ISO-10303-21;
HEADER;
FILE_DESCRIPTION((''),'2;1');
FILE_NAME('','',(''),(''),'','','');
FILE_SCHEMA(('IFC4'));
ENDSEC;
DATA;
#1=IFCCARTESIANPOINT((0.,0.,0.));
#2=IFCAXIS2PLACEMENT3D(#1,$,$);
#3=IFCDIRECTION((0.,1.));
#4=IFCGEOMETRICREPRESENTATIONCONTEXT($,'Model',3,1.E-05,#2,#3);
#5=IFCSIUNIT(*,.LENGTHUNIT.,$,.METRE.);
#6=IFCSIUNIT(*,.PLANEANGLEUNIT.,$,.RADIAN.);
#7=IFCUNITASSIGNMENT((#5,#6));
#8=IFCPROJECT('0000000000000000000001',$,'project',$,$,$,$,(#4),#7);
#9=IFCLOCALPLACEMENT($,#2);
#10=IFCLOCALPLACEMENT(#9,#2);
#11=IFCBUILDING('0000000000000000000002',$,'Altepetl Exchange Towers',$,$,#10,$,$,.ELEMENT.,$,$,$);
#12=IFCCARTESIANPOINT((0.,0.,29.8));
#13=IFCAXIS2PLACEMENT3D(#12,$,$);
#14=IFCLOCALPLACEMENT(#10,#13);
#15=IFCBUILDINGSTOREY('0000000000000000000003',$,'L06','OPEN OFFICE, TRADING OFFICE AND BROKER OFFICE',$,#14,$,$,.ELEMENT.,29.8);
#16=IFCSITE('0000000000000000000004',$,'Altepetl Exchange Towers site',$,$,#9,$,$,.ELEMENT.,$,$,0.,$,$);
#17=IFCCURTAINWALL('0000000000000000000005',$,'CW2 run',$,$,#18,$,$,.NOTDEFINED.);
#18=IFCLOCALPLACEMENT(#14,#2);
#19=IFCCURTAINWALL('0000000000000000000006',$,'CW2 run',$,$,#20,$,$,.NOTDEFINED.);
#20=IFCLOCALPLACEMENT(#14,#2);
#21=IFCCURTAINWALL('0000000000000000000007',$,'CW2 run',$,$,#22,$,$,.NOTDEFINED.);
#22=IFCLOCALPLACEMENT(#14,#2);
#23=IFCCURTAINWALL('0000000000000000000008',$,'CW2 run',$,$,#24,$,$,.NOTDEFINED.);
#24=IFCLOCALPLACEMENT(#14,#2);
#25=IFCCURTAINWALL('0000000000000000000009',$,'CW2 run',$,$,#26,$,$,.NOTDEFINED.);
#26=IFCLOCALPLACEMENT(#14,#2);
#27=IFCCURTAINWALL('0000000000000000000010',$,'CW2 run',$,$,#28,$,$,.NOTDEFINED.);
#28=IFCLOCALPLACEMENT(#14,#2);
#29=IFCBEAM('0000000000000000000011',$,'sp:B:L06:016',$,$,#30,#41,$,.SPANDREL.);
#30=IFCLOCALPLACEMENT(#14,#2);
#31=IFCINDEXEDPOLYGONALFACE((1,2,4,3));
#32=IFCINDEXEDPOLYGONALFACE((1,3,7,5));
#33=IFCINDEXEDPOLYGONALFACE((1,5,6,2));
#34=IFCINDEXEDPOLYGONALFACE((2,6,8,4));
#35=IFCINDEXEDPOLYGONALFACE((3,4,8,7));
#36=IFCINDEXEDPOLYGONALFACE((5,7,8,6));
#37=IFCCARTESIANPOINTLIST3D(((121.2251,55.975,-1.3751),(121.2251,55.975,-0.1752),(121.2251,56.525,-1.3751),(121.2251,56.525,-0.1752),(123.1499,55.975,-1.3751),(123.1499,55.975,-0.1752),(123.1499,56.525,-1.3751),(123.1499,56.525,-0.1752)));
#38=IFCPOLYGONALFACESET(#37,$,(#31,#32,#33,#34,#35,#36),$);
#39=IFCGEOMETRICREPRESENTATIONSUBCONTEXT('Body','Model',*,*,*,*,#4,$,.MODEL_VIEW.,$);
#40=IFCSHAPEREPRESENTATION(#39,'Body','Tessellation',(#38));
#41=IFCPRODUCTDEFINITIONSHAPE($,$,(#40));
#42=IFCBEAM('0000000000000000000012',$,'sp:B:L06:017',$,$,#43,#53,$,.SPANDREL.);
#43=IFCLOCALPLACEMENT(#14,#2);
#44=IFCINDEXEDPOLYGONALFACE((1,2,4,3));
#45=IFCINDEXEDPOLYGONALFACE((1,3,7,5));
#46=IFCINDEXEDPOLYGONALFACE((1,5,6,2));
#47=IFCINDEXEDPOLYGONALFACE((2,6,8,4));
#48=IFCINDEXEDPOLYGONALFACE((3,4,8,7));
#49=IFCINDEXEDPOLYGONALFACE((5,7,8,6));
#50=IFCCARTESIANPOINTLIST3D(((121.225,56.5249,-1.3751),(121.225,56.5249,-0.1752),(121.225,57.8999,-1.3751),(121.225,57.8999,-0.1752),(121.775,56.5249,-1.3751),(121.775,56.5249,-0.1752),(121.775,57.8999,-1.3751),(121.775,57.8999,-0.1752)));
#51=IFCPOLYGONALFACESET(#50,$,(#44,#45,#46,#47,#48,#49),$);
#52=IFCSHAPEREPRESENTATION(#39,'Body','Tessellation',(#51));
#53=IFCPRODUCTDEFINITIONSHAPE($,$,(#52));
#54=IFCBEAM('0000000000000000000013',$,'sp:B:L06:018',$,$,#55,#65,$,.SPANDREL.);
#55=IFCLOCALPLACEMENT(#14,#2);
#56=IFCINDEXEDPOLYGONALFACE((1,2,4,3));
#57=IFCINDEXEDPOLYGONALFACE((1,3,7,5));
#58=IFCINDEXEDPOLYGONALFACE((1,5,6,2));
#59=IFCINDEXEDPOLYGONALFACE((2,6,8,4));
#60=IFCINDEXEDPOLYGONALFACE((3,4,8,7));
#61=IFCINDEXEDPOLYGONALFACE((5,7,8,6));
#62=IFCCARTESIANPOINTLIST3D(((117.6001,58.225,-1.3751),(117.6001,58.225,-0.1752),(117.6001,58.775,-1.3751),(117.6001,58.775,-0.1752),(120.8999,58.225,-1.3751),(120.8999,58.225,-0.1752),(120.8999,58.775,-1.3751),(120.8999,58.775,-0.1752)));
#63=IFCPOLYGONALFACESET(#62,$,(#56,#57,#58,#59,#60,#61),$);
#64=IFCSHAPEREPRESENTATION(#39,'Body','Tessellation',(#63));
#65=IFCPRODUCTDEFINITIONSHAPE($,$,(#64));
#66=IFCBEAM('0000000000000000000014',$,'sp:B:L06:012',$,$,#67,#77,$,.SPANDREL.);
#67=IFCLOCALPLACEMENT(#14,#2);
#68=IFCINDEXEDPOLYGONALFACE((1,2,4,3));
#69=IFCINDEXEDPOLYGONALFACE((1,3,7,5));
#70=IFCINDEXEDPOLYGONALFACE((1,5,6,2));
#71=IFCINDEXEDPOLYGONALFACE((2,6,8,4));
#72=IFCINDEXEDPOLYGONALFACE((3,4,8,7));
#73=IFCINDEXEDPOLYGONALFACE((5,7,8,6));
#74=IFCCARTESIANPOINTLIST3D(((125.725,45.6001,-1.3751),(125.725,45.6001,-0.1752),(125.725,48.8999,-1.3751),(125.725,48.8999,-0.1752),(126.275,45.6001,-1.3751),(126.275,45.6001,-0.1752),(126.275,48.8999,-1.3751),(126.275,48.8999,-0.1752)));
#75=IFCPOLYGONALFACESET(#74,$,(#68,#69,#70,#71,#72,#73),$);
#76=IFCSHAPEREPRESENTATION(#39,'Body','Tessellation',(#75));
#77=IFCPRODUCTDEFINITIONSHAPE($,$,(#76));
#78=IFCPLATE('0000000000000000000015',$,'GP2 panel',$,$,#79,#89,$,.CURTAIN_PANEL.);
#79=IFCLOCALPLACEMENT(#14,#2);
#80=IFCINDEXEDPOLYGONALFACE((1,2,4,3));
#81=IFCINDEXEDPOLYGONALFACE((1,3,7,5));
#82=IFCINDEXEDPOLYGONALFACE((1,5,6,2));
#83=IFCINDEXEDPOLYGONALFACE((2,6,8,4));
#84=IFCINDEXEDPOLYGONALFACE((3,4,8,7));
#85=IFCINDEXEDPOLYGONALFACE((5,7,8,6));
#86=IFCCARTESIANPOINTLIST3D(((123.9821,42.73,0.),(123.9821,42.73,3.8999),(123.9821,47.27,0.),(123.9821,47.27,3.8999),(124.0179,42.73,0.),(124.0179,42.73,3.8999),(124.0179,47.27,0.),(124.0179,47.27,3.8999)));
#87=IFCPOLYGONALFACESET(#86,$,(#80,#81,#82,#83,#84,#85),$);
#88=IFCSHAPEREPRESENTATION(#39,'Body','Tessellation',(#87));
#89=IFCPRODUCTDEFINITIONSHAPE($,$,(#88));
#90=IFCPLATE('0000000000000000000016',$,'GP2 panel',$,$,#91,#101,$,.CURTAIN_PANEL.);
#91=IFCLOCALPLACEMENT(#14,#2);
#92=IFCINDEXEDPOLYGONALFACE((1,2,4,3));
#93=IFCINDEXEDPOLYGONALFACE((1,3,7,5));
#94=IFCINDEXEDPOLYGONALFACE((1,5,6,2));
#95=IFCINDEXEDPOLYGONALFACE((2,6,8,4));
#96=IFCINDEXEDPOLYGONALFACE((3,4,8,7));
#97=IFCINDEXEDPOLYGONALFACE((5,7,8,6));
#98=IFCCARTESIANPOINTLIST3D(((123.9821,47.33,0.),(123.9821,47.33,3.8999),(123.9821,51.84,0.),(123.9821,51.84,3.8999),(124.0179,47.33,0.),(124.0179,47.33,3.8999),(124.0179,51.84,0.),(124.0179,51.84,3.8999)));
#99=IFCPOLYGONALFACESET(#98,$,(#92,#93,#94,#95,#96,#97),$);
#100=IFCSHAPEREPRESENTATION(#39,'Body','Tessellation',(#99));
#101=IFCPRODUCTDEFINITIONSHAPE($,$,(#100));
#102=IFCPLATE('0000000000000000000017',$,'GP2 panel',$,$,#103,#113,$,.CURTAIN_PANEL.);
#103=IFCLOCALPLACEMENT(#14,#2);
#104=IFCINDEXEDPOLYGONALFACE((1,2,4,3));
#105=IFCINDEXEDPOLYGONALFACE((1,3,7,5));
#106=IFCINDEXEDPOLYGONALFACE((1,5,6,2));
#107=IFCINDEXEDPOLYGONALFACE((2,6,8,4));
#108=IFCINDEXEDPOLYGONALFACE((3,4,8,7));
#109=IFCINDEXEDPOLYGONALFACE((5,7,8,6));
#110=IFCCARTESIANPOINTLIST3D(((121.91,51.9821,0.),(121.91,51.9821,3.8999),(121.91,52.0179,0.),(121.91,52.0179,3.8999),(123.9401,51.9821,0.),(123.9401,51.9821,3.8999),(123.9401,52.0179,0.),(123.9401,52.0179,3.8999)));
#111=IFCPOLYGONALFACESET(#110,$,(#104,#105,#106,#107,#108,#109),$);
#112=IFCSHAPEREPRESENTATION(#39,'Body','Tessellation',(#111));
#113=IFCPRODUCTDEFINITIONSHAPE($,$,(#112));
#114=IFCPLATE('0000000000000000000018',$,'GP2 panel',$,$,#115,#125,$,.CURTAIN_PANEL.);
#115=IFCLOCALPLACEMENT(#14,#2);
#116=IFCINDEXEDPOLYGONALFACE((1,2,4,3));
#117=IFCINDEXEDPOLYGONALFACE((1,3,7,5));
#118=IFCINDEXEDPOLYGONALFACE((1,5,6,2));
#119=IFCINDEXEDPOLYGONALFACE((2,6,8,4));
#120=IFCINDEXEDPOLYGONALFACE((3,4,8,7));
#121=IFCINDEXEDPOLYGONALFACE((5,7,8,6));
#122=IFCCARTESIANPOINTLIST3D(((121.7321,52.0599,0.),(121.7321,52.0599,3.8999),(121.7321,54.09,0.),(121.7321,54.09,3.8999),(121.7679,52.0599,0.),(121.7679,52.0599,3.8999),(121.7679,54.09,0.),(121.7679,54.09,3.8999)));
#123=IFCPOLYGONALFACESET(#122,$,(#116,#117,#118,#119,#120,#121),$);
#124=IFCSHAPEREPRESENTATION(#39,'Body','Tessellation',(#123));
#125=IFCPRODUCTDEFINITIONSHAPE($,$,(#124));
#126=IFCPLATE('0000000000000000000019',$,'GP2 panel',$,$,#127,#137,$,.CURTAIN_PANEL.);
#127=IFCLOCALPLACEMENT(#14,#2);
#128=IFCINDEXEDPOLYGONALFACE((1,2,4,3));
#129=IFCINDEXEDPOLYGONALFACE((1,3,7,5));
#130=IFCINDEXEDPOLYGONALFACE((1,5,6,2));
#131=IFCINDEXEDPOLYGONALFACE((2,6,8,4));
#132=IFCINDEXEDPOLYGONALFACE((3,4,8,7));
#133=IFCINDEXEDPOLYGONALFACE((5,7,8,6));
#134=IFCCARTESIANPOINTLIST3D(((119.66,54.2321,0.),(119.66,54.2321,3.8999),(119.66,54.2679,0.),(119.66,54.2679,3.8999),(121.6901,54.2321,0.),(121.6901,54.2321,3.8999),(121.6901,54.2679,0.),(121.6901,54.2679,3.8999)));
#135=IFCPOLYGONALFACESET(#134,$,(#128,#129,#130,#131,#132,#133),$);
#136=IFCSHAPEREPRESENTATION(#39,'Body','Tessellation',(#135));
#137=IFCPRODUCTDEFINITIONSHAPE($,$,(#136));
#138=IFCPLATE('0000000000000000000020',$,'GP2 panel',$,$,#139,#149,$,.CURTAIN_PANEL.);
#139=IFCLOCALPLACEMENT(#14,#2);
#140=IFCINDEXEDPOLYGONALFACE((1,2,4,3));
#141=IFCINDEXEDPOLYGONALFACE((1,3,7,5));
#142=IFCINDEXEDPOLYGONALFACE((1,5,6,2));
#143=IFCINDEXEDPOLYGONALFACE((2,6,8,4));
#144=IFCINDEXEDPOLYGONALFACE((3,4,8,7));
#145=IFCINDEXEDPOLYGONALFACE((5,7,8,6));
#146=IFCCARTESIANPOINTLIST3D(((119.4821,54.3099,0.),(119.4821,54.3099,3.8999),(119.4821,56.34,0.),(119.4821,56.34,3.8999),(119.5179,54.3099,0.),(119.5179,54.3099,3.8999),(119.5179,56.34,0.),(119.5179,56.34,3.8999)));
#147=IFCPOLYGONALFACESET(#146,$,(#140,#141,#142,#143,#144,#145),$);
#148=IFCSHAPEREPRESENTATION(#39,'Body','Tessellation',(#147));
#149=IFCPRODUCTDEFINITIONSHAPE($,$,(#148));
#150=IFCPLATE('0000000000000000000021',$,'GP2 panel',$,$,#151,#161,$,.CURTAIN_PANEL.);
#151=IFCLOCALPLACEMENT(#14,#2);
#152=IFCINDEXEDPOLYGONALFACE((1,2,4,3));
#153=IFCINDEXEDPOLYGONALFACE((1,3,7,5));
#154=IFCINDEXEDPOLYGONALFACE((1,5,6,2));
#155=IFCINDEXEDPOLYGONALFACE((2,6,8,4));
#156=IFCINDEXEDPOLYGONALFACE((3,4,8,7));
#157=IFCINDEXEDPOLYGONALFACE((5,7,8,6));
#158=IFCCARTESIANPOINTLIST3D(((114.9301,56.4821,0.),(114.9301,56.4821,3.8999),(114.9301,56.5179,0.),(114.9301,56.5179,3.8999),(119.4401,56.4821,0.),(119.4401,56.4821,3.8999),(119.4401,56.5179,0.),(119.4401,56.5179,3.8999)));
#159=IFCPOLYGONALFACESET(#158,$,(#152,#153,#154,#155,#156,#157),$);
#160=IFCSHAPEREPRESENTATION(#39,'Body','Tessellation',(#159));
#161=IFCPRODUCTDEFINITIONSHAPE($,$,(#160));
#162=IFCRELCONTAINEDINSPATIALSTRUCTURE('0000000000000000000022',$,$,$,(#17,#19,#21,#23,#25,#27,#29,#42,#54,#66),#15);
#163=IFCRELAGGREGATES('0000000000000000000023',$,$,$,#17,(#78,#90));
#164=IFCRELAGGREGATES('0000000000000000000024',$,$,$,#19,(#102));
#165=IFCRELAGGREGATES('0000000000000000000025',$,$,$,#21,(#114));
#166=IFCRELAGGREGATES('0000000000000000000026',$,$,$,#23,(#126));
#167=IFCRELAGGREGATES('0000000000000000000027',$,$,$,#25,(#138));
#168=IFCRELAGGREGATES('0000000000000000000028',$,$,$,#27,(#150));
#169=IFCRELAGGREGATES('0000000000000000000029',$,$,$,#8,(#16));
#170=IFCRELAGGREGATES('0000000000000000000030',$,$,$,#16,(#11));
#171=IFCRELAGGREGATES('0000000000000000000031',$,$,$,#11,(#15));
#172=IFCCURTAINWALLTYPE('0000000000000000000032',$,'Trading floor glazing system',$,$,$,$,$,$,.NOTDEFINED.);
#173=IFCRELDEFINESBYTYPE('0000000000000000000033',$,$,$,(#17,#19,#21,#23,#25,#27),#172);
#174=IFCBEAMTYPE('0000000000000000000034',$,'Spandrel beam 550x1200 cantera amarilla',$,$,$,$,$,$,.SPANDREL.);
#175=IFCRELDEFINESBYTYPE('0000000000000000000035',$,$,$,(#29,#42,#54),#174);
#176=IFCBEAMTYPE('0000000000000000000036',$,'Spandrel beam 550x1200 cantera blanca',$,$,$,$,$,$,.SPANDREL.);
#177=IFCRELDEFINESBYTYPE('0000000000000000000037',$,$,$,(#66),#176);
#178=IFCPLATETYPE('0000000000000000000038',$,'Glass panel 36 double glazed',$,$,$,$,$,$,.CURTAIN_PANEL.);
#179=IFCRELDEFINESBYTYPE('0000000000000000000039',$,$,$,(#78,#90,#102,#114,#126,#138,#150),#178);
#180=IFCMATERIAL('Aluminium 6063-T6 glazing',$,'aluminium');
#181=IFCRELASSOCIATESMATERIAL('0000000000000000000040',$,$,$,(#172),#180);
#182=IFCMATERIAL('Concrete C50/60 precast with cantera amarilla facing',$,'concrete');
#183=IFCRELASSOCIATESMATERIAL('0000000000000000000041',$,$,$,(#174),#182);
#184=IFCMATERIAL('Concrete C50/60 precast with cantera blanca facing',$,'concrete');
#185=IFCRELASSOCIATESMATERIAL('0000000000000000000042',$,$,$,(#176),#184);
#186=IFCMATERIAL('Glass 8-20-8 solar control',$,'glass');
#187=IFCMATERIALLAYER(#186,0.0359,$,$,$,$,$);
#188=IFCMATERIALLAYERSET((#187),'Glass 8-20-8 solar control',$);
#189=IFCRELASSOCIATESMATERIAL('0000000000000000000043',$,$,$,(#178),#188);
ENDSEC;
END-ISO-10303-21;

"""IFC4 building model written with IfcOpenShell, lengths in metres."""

from ifc_helpers import new_model, si_unit, direction, frame, origin, origin_2d, place, context, subcontext, project, spatial, rectangle, extrude, material, layer, layer_set, material_profile, profile_set, type_object, element, aggregate, save


model = new_model("IFC4")

# Units and contexts
model_context = context("Model", 3, precision=1e-05, world=origin(), true_north=direction((0.0, 1.0)))
body_context = subcontext(model_context, "Body", "Model", "MODEL_VIEW")
ifc_project = project(units=[si_unit("LENGTHUNIT", "METRE"), si_unit("PLANEANGLEUNIT", "RADIAN")], contexts=[model_context])

# Site, building, storey
site_placement = place(None, origin())
site = spatial("IfcSite", under=ifc_project, at=site_placement, Name="Altepetl Exchange Towers site", CompositionType="ELEMENT", RefElevation=0.0)
building_placement = place(site_placement, origin())
building = spatial("IfcBuilding", under=site, at=building_placement, Name="Altepetl Exchange Towers", CompositionType="ELEMENT")
storey_placement = place(building_placement, frame((0.0, 0.0, 29.8)))
storey = spatial("IfcBuildingStorey", under=building, at=storey_placement, Name="L06", Description="OPEN OFFICE, TRADING OFFICE AND BROKER OFFICE", CompositionType="ELEMENT", Elevation=29.8)

# Curtain walls
ifc_material_1 = material(Name="Aluminium 6063-T6 glazing", Category="aluminium")
curtain_wall_type = type_object("IfcCurtainWallType", Name="Trading floor glazing system", PredefinedType="NOTDEFINED", material=ifc_material_1)
curtain_wall_1_placement = place(storey_placement, origin())
curtain_wall_1 = element("IfcCurtainWall", 1, at=curtain_wall_1_placement, inside=storey, type_object=curtain_wall_type, Name="CW2 run", PredefinedType="NOTDEFINED")
curtain_wall_2_placement = place(storey_placement, origin())
curtain_wall_2 = element("IfcCurtainWall", 2, at=curtain_wall_2_placement, inside=storey, type_object=curtain_wall_type, Name="CW2 run", PredefinedType="NOTDEFINED")
curtain_wall_3_placement = place(storey_placement, origin())
curtain_wall_3 = element("IfcCurtainWall", 3, at=curtain_wall_3_placement, inside=storey, type_object=curtain_wall_type, Name="CW2 run", PredefinedType="NOTDEFINED")
curtain_wall_4_placement = place(storey_placement, origin())
curtain_wall_4 = element("IfcCurtainWall", 4, at=curtain_wall_4_placement, inside=storey, type_object=curtain_wall_type, Name="CW2 run", PredefinedType="NOTDEFINED")
curtain_wall_5_placement = place(storey_placement, origin())
curtain_wall_5 = element("IfcCurtainWall", 5, at=curtain_wall_5_placement, inside=storey, type_object=curtain_wall_type, Name="CW2 run", PredefinedType="NOTDEFINED")

# Curtain wall
curtain_wall_6_placement = place(storey_placement, origin())
curtain_wall_6 = element("IfcCurtainWall", 6, at=curtain_wall_6_placement, inside=storey, type_object=curtain_wall_type, Name="CW2 run", PredefinedType="NOTDEFINED")

# Beams
ifc_material_2 = material(Name="Concrete C50/60 precast with cantera amarilla facing", Category="concrete")
ifc_material_profile_1 = material_profile(ifc_material_2, rectangle(XDim=0.55, YDim=1.2, at=origin_2d()), Name="550 x 1200")
ifc_profile_set_1 = profile_set([ifc_material_profile_1], Name="Concrete C50/60 precast with cantera amarilla facing")
beam_type_1 = type_object("IfcBeamType", Name="Spandrel beam 550x1200 cantera amarilla", PredefinedType="SPANDREL", material=ifc_profile_set_1)
beam_1_placement = place(storey_placement, frame((123.1499, 56.25, -0.7751), z_axis=(-1.0, 0.0, 0.0), x_axis=(0.0, -1.0, 0.0)))
element("IfcBeam", 7, at=beam_1_placement, inside=storey, type_object=beam_type_1, Name="sp:B:L06:016", PredefinedType="SPANDREL", context=body_context, shape_type="SweptSolid", body=[
    extrude(rectangle(XDim=0.55, YDim=1.2, at=origin_2d()), origin(), (0.0, 0.0, 1.0), 1.9248),
])
beam_2_placement = place(storey_placement, frame((121.5, 56.5249, -0.7751), z_axis=(0.0, 1.0, 0.0), x_axis=(-1.0, 0.0, 0.0)))
element("IfcBeam", 8, at=beam_2_placement, inside=storey, type_object=beam_type_1, Name="sp:B:L06:017", PredefinedType="SPANDREL", context=body_context, shape_type="SweptSolid", body=[
    extrude(rectangle(XDim=0.55, YDim=1.2, at=origin_2d()), origin(), (0.0, 0.0, 1.0), 1.375),
])
beam_3_placement = place(storey_placement, frame((120.8999, 58.5, -0.7751), z_axis=(-1.0, 0.0, 0.0), x_axis=(0.0, -1.0, 0.0)))
element("IfcBeam", 9, at=beam_3_placement, inside=storey, type_object=beam_type_1, Name="sp:B:L06:018", PredefinedType="SPANDREL", context=body_context, shape_type="SweptSolid", body=[
    extrude(rectangle(XDim=0.55, YDim=1.2, at=origin_2d()), origin(), (0.0, 0.0, 1.0), 3.2998),
])
ifc_material_3 = material(Name="Concrete C50/60 precast with cantera blanca facing", Category="concrete")
ifc_material_profile_2 = material_profile(ifc_material_3, rectangle(XDim=0.55, YDim=1.2, at=origin_2d()), Name="550 x 1200")
ifc_profile_set_2 = profile_set([ifc_material_profile_2], Name="Concrete C50/60 precast with cantera blanca facing")
beam_type_2 = type_object("IfcBeamType", Name="Spandrel beam 550x1200 cantera blanca", PredefinedType="SPANDREL", material=ifc_profile_set_2)
beam_4_placement = place(storey_placement, frame((126.0, 45.6001, -0.7751), z_axis=(0.0, 1.0, 0.0), x_axis=(-1.0, 0.0, 0.0)))
element("IfcBeam", 10, at=beam_4_placement, inside=storey, type_object=beam_type_2, Name="sp:B:L06:012", PredefinedType="SPANDREL", context=body_context, shape_type="SweptSolid", body=[
    extrude(rectangle(XDim=0.55, YDim=1.2, at=origin_2d()), origin(), (0.0, 0.0, 1.0), 3.2998),
])

# Plates
ifc_material_4 = material(Name="Glass 8-20-8 solar control", Category="glass")
ifc_layer = layer(ifc_material_4, 0.0359)
ifc_layer_set = layer_set([ifc_layer], Name="Glass 8-20-8 solar control")
plate_type = type_object("IfcPlateType", Name="Glass panel 36 double glazed", PredefinedType="CURTAIN_PANEL", material=ifc_layer_set)
plate_1_placement = place(storey_placement, frame((124.0, 45.0, 0.0), z_axis=(0.0, 0.0, 1.0), x_axis=(0.0, 1.0, 0.0)))
plate_1 = element("IfcPlate", 11, at=plate_1_placement, type_object=plate_type, Name="GP2 panel", PredefinedType="CURTAIN_PANEL", context=body_context, shape_type="SweptSolid", body=[
    extrude(rectangle(XDim=4.54, YDim=0.0359, at=origin_2d()), origin(), (0.0, 0.0, 1.0), 3.8999),
])
plate_2_placement = place(storey_placement, frame((124.0, 49.585, 0.0), z_axis=(0.0, 0.0, 1.0), x_axis=(0.0, 1.0, 0.0)))
plate_2 = element("IfcPlate", 12, at=plate_2_placement, type_object=plate_type, Name="GP2 panel", PredefinedType="CURTAIN_PANEL", context=body_context, shape_type="SweptSolid", body=[
    extrude(rectangle(XDim=4.51, YDim=0.0359, at=origin_2d()), origin(), (0.0, 0.0, 1.0), 3.8999),
])
aggregate(curtain_wall_1, [plate_1, plate_2])
plate_3_placement = place(storey_placement, frame((122.925, 52.0, 0.0), z_axis=(0.0, 0.0, 1.0), x_axis=(-1.0, 0.0, 0.0)))
plate_3 = element("IfcPlate", 13, at=plate_3_placement, type_object=plate_type, Name="GP2 panel", PredefinedType="CURTAIN_PANEL", context=body_context, shape_type="SweptSolid", body=[
    extrude(rectangle(XDim=2.03, YDim=0.0359, at=origin_2d()), origin(), (0.0, 0.0, 1.0), 3.8999),
])
aggregate(curtain_wall_2, [plate_3])
plate_4_placement = place(storey_placement, frame((121.75, 53.075, 0.0), z_axis=(0.0, 0.0, 1.0), x_axis=(0.0, 1.0, 0.0)))
plate_4 = element("IfcPlate", 14, at=plate_4_placement, type_object=plate_type, Name="GP2 panel", PredefinedType="CURTAIN_PANEL", context=body_context, shape_type="SweptSolid", body=[
    extrude(rectangle(XDim=2.03, YDim=0.0359, at=origin_2d()), origin(), (0.0, 0.0, 1.0), 3.8999),
])
aggregate(curtain_wall_3, [plate_4])
plate_5_placement = place(storey_placement, frame((120.675, 54.25, 0.0), z_axis=(0.0, 0.0, 1.0), x_axis=(-1.0, 0.0, 0.0)))
plate_5 = element("IfcPlate", 15, at=plate_5_placement, type_object=plate_type, Name="GP2 panel", PredefinedType="CURTAIN_PANEL", context=body_context, shape_type="SweptSolid", body=[
    extrude(rectangle(XDim=2.03, YDim=0.0359, at=origin_2d()), origin(), (0.0, 0.0, 1.0), 3.8999),
])
aggregate(curtain_wall_4, [plate_5])
plate_6_placement = place(storey_placement, frame((119.5, 55.325, 0.0), z_axis=(0.0, 0.0, 1.0), x_axis=(0.0, 1.0, 0.0)))
plate_6 = element("IfcPlate", 16, at=plate_6_placement, type_object=plate_type, Name="GP2 panel", PredefinedType="CURTAIN_PANEL", context=body_context, shape_type="SweptSolid", body=[
    extrude(rectangle(XDim=2.03, YDim=0.0359, at=origin_2d()), origin(), (0.0, 0.0, 1.0), 3.8999),
])
aggregate(curtain_wall_5, [plate_6])
plate_7_placement = place(storey_placement, frame((117.1851, 56.5, 0.0), z_axis=(0.0, 0.0, 1.0), x_axis=(-1.0, 0.0, 0.0)))
plate_7 = element("IfcPlate", 17, at=plate_7_placement, type_object=plate_type, Name="GP2 panel", PredefinedType="CURTAIN_PANEL", context=body_context, shape_type="SweptSolid", body=[
    extrude(rectangle(XDim=4.51, YDim=0.0359, at=origin_2d()), origin(), (0.0, 0.0, 1.0), 3.8999),
])
aggregate(curtain_wall_6, [plate_7])

save(model, "model.ifc")
